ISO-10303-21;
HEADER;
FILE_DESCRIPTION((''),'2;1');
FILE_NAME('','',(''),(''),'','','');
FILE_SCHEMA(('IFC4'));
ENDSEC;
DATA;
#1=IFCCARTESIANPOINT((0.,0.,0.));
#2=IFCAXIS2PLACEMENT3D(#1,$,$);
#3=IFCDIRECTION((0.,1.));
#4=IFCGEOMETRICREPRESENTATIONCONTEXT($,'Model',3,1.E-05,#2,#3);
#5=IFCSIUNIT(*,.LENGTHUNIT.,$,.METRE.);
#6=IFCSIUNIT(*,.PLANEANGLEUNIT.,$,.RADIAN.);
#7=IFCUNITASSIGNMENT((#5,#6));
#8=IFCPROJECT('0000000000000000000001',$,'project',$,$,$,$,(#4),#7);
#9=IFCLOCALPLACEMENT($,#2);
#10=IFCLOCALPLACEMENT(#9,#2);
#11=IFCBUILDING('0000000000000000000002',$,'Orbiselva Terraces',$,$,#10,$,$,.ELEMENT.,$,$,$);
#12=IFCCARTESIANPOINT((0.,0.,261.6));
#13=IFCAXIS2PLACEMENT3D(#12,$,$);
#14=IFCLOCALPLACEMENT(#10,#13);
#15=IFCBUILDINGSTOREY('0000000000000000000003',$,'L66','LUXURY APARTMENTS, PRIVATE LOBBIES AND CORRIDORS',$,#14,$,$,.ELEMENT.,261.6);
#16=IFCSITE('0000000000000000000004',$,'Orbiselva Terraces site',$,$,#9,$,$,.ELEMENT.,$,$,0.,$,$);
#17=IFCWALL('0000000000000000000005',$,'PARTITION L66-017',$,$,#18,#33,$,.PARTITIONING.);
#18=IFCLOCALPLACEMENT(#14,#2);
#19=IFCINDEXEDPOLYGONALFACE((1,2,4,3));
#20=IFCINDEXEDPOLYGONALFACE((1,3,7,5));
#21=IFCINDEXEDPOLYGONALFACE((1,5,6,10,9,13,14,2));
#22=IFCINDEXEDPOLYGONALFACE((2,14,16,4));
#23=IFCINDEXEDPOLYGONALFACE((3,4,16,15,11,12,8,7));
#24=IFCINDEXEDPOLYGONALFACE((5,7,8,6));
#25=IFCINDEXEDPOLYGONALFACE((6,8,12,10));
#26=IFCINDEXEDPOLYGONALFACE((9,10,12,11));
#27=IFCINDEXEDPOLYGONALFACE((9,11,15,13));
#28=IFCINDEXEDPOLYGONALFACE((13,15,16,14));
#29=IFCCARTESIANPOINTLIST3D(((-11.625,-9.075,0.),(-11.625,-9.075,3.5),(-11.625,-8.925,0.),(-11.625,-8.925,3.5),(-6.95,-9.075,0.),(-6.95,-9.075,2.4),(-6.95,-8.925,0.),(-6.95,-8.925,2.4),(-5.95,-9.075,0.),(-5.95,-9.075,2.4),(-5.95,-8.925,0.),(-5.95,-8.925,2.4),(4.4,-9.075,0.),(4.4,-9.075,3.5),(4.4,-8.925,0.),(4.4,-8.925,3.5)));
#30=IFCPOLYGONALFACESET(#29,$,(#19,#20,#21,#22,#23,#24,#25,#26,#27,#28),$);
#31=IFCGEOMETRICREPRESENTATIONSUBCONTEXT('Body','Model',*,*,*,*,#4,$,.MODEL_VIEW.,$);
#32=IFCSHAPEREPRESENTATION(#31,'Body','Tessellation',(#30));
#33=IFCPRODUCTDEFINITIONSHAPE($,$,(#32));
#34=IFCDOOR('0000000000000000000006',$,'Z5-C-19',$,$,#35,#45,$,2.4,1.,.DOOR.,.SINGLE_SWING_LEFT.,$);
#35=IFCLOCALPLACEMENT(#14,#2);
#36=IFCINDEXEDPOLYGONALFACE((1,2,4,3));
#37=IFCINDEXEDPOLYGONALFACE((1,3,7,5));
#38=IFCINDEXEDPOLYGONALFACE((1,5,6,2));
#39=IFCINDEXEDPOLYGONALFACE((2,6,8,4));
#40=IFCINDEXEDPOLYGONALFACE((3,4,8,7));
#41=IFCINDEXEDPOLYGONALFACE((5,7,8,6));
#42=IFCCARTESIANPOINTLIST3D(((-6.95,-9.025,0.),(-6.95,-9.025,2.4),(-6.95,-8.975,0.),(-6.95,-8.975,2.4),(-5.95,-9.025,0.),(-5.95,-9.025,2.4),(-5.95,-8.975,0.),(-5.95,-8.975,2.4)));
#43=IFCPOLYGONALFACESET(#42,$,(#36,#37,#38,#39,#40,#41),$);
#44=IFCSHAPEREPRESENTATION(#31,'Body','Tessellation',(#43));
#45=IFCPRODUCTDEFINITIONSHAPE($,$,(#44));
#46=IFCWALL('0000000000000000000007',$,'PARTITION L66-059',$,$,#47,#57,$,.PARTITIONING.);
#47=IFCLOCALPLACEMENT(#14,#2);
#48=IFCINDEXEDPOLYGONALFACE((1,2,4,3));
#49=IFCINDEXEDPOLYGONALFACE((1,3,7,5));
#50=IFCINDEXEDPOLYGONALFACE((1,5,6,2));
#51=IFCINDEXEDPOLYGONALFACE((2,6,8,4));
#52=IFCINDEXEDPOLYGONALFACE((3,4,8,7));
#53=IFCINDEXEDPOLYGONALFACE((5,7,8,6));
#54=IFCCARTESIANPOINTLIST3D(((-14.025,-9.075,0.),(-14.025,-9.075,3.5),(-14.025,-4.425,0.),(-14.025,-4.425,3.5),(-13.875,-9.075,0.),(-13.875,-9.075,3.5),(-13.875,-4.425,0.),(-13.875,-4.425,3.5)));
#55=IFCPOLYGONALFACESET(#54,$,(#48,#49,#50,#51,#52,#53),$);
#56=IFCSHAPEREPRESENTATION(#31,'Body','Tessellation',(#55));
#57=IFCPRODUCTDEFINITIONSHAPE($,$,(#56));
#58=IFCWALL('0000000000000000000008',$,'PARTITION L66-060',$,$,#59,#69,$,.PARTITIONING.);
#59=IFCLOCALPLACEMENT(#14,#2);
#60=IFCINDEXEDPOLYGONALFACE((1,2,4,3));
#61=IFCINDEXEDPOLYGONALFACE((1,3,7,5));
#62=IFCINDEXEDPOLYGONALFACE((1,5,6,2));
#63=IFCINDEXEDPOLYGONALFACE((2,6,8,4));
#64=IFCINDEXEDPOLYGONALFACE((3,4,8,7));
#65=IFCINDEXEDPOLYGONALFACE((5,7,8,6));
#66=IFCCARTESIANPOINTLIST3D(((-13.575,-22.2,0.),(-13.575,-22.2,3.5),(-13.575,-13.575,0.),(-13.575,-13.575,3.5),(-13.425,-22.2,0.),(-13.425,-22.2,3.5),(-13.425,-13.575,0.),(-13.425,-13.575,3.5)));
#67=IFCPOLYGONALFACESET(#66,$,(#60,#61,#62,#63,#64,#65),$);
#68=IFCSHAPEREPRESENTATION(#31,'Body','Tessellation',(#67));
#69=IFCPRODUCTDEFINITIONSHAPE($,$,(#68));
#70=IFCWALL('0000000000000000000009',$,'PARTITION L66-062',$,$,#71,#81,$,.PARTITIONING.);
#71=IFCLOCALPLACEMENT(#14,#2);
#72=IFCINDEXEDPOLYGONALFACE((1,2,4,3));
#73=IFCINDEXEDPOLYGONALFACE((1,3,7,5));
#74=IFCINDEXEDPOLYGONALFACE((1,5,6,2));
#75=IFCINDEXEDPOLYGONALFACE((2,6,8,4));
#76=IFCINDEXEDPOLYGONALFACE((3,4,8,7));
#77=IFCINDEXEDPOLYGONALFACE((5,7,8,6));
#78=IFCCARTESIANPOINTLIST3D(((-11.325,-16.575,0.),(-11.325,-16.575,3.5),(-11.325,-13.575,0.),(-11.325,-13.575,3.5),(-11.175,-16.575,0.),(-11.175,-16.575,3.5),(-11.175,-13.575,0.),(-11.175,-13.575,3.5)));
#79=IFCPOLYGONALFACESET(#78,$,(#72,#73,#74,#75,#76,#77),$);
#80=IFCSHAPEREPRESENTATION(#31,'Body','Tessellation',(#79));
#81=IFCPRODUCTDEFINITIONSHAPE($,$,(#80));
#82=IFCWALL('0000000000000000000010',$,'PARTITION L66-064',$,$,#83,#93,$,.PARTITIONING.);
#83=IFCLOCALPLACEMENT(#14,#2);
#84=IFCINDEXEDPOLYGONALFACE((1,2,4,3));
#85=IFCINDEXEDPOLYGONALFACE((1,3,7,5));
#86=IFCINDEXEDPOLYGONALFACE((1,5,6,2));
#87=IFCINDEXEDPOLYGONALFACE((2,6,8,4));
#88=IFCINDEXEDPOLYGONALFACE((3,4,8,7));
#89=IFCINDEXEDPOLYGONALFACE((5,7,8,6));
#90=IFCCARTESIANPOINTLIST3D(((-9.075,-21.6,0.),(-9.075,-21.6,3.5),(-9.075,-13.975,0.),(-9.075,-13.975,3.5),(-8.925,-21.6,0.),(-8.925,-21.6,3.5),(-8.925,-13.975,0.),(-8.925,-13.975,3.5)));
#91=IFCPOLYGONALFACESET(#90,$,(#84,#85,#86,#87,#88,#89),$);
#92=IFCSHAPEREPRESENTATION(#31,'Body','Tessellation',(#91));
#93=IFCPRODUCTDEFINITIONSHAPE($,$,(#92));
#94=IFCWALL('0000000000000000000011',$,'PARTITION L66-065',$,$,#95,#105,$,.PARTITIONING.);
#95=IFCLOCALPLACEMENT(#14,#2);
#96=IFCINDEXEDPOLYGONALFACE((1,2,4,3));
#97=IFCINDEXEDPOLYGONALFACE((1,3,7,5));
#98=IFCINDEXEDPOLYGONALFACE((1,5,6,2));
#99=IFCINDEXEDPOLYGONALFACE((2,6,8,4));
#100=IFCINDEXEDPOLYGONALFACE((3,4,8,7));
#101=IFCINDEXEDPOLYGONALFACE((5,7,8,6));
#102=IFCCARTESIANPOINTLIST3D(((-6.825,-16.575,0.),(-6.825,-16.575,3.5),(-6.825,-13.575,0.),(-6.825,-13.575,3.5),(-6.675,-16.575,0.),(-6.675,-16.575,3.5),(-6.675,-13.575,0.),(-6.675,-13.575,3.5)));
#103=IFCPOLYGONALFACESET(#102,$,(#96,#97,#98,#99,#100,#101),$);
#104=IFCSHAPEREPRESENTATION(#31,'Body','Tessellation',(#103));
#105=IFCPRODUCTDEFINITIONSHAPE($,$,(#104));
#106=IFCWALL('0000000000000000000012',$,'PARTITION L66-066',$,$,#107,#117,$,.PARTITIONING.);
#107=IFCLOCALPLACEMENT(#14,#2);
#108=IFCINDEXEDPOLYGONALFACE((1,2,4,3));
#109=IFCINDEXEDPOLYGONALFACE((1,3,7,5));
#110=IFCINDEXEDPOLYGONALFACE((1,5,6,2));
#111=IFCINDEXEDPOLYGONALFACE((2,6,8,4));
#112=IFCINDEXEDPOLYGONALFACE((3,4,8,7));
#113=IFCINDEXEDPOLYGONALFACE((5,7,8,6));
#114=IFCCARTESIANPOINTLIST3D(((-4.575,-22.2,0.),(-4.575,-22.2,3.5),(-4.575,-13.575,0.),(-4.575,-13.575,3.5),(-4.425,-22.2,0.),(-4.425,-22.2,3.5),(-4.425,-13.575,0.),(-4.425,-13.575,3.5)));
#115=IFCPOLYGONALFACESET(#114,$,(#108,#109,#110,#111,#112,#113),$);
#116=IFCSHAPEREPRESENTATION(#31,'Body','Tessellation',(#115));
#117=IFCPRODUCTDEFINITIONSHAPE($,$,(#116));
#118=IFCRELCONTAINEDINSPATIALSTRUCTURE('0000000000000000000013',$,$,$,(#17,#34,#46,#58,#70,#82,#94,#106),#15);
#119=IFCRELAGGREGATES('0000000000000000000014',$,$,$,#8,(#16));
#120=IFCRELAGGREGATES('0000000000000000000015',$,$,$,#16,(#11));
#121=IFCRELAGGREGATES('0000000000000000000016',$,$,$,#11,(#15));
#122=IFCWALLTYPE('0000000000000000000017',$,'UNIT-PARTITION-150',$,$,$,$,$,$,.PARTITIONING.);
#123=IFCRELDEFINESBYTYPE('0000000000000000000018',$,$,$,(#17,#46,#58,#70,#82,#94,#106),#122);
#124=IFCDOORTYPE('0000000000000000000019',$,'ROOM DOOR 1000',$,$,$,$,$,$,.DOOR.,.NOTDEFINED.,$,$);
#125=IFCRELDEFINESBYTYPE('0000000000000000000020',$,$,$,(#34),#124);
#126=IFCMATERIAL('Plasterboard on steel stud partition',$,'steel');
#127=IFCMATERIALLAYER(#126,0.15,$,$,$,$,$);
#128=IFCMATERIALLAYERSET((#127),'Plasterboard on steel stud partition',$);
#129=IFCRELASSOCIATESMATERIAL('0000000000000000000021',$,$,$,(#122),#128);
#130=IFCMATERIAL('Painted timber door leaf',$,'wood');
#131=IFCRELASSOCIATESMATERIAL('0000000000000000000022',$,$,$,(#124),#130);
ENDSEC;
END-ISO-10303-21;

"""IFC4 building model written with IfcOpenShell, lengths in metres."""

from ifc_helpers import new_model, si_unit, direction, frame, frame_2d, origin, place, context, subcontext, project, spatial, rectangle, extrude, material, layer, layer_set, type_object, element, fill, save


model = new_model("IFC4")

# Units and contexts
model_context = context("Model", 3, precision=1e-05, world=origin(), true_north=direction((0.0, 1.0)))
body_context = subcontext(model_context, "Body", "Model", "MODEL_VIEW")
ifc_project = project(units=[si_unit("LENGTHUNIT", "METRE"), si_unit("PLANEANGLEUNIT", "RADIAN")], contexts=[model_context])

# Site, building, storey
site_placement = place(None, origin())
site = spatial("IfcSite", under=ifc_project, at=site_placement, Name="Orbiselva Terraces site", CompositionType="ELEMENT", RefElevation=0.0)
building_placement = place(site_placement, origin())
building = spatial("IfcBuilding", under=site, at=building_placement, Name="Orbiselva Terraces", CompositionType="ELEMENT")
storey_placement = place(building_placement, frame((0.0, 0.0, 261.6)))
storey = spatial("IfcBuildingStorey", under=building, at=storey_placement, Name="L66", Description="LUXURY APARTMENTS, PRIVATE LOBBIES AND CORRIDORS", CompositionType="ELEMENT", Elevation=261.6)

# Shared definitions
ifc_material_1 = material(Name="Plasterboard on steel stud partition", Category="steel")
ifc_layer_1 = layer(ifc_material_1, 0.15)
ifc_layer_set_1 = layer_set([ifc_layer_1], Name="Plasterboard on steel stud partition")
wall_type_1 = type_object("IfcWallType", Name="UNIT-PARTITION-150", PredefinedType="PARTITIONING", material=ifc_layer_set_1)
ifc_material_2 = material(Name="Painted timber door leaf", Category="wood")

# Shared definitions
door_type_1 = type_object("IfcDoorType", Name="ROOM DOOR 1000", OperationType="NOTDEFINED", PredefinedType="DOOR", material=ifc_material_2)

# Wall, opening, door
wall_1_placement = place(storey_placement, frame((-11.625, -9.0, 0.0), z_axis=(0.0, 0.0, 1.0), x_axis=(1.0, 0.0, 0.0)))
wall_1 = element("IfcWall", 1, at=wall_1_placement, inside=storey, type_object=wall_type_1, Name="PARTITION L66-017", PredefinedType="PARTITIONING", context=body_context, shape_type="SweptSolid", body=[
    extrude(rectangle(XDim=16.025, YDim=0.15, at=frame_2d((8.0125, 0.0))), origin(), (0.0, 0.0, 1.0), 3.5),
])
opening_1_placement = place(wall_1_placement, frame((4.675, 0.0, 0.0)))
opening_1 = element("IfcOpeningElement", 2, at=opening_1_placement, cuts=wall_1, PredefinedType="OPENING", context=body_context, shape_type="SweptSolid", body=[
    extrude(rectangle(XDim=1.0, YDim=2.4, at=frame_2d((0.5, 1.2))), frame((0.0, 0.085, 0.0), z_axis=(0.0, -1.0, 0.0), x_axis=(1.0, 0.0, 0.0)), (0.0, 0.0, 1.0), 0.17),
])
door_1_placement = place(opening_1_placement, origin())
door_1 = element("IfcDoor", 3, at=door_1_placement, inside=storey, type_object=door_type_1, Name="Z5-C-19", OperationType="SINGLE_SWING_LEFT", OverallHeight=2.4, OverallWidth=1.0, PredefinedType="DOOR", context=body_context, shape_type="SweptSolid", body=[
    extrude(rectangle(XDim=1.0, YDim=2.4, at=frame_2d((0.5, 1.2))), frame((0.0, 0.025, 0.0), z_axis=(0.0, -1.0, 0.0), x_axis=(1.0, 0.0, 0.0)), (0.0, 0.0, 1.0), 0.05),
])
fill(opening_1, door_1)

# Walls
wall_2_placement = place(storey_placement, frame((-13.95, -9.075, 0.0), z_axis=(0.0, 0.0, 1.0), x_axis=(0.0, 1.0, 0.0)))
element("IfcWall", 4, at=wall_2_placement, inside=storey, type_object=wall_type_1, Name="PARTITION L66-059", PredefinedType="PARTITIONING", context=body_context, shape_type="SweptSolid", body=[
    extrude(rectangle(XDim=4.65, YDim=0.15, at=frame_2d((2.325, 0.0))), origin(), (0.0, 0.0, 1.0), 3.5),
])
wall_3_placement = place(storey_placement, frame((-13.5, -22.2, 0.0), z_axis=(0.0, 0.0, 1.0), x_axis=(0.0, 1.0, 0.0)))
element("IfcWall", 5, at=wall_3_placement, inside=storey, type_object=wall_type_1, Name="PARTITION L66-060", PredefinedType="PARTITIONING", context=body_context, shape_type="SweptSolid", body=[
    extrude(rectangle(XDim=8.625, YDim=0.15, at=frame_2d((4.3125, 0.0))), origin(), (0.0, 0.0, 1.0), 3.5),
])
wall_4_placement = place(storey_placement, frame((-11.25, -16.575, 0.0), z_axis=(0.0, 0.0, 1.0), x_axis=(0.0, 1.0, 0.0)))
element("IfcWall", 6, at=wall_4_placement, inside=storey, type_object=wall_type_1, Name="PARTITION L66-062", PredefinedType="PARTITIONING", context=body_context, shape_type="SweptSolid", body=[
    extrude(rectangle(XDim=3.0, YDim=0.15, at=frame_2d((1.5, 0.0))), origin(), (0.0, 0.0, 1.0), 3.5),
])
wall_5_placement = place(storey_placement, frame((-9.0, -21.6, 0.0), z_axis=(0.0, 0.0, 1.0), x_axis=(0.0, 1.0, 0.0)))
element("IfcWall", 7, at=wall_5_placement, inside=storey, type_object=wall_type_1, Name="PARTITION L66-064", PredefinedType="PARTITIONING", context=body_context, shape_type="SweptSolid", body=[
    extrude(rectangle(XDim=7.625, YDim=0.15, at=frame_2d((3.8125, 0.0))), origin(), (0.0, 0.0, 1.0), 3.5),
])
wall_6_placement = place(storey_placement, frame((-6.75, -16.575, 0.0), z_axis=(0.0, 0.0, 1.0), x_axis=(0.0, 1.0, 0.0)))
element("IfcWall", 8, at=wall_6_placement, inside=storey, type_object=wall_type_1, Name="PARTITION L66-065", PredefinedType="PARTITIONING", context=body_context, shape_type="SweptSolid", body=[
    extrude(rectangle(XDim=3.0, YDim=0.15, at=frame_2d((1.5, 0.0))), origin(), (0.0, 0.0, 1.0), 3.5),
])
wall_7_placement = place(storey_placement, frame((-4.5, -22.2, 0.0), z_axis=(0.0, 0.0, 1.0), x_axis=(0.0, 1.0, 0.0)))
element("IfcWall", 9, at=wall_7_placement, inside=storey, type_object=wall_type_1, Name="PARTITION L66-066", PredefinedType="PARTITIONING", context=body_context, shape_type="SweptSolid", body=[
    extrude(rectangle(XDim=8.625, YDim=0.15, at=frame_2d((4.3125, 0.0))), origin(), (0.0, 0.0, 1.0), 3.5),
])

save(model, "model.ifc")
